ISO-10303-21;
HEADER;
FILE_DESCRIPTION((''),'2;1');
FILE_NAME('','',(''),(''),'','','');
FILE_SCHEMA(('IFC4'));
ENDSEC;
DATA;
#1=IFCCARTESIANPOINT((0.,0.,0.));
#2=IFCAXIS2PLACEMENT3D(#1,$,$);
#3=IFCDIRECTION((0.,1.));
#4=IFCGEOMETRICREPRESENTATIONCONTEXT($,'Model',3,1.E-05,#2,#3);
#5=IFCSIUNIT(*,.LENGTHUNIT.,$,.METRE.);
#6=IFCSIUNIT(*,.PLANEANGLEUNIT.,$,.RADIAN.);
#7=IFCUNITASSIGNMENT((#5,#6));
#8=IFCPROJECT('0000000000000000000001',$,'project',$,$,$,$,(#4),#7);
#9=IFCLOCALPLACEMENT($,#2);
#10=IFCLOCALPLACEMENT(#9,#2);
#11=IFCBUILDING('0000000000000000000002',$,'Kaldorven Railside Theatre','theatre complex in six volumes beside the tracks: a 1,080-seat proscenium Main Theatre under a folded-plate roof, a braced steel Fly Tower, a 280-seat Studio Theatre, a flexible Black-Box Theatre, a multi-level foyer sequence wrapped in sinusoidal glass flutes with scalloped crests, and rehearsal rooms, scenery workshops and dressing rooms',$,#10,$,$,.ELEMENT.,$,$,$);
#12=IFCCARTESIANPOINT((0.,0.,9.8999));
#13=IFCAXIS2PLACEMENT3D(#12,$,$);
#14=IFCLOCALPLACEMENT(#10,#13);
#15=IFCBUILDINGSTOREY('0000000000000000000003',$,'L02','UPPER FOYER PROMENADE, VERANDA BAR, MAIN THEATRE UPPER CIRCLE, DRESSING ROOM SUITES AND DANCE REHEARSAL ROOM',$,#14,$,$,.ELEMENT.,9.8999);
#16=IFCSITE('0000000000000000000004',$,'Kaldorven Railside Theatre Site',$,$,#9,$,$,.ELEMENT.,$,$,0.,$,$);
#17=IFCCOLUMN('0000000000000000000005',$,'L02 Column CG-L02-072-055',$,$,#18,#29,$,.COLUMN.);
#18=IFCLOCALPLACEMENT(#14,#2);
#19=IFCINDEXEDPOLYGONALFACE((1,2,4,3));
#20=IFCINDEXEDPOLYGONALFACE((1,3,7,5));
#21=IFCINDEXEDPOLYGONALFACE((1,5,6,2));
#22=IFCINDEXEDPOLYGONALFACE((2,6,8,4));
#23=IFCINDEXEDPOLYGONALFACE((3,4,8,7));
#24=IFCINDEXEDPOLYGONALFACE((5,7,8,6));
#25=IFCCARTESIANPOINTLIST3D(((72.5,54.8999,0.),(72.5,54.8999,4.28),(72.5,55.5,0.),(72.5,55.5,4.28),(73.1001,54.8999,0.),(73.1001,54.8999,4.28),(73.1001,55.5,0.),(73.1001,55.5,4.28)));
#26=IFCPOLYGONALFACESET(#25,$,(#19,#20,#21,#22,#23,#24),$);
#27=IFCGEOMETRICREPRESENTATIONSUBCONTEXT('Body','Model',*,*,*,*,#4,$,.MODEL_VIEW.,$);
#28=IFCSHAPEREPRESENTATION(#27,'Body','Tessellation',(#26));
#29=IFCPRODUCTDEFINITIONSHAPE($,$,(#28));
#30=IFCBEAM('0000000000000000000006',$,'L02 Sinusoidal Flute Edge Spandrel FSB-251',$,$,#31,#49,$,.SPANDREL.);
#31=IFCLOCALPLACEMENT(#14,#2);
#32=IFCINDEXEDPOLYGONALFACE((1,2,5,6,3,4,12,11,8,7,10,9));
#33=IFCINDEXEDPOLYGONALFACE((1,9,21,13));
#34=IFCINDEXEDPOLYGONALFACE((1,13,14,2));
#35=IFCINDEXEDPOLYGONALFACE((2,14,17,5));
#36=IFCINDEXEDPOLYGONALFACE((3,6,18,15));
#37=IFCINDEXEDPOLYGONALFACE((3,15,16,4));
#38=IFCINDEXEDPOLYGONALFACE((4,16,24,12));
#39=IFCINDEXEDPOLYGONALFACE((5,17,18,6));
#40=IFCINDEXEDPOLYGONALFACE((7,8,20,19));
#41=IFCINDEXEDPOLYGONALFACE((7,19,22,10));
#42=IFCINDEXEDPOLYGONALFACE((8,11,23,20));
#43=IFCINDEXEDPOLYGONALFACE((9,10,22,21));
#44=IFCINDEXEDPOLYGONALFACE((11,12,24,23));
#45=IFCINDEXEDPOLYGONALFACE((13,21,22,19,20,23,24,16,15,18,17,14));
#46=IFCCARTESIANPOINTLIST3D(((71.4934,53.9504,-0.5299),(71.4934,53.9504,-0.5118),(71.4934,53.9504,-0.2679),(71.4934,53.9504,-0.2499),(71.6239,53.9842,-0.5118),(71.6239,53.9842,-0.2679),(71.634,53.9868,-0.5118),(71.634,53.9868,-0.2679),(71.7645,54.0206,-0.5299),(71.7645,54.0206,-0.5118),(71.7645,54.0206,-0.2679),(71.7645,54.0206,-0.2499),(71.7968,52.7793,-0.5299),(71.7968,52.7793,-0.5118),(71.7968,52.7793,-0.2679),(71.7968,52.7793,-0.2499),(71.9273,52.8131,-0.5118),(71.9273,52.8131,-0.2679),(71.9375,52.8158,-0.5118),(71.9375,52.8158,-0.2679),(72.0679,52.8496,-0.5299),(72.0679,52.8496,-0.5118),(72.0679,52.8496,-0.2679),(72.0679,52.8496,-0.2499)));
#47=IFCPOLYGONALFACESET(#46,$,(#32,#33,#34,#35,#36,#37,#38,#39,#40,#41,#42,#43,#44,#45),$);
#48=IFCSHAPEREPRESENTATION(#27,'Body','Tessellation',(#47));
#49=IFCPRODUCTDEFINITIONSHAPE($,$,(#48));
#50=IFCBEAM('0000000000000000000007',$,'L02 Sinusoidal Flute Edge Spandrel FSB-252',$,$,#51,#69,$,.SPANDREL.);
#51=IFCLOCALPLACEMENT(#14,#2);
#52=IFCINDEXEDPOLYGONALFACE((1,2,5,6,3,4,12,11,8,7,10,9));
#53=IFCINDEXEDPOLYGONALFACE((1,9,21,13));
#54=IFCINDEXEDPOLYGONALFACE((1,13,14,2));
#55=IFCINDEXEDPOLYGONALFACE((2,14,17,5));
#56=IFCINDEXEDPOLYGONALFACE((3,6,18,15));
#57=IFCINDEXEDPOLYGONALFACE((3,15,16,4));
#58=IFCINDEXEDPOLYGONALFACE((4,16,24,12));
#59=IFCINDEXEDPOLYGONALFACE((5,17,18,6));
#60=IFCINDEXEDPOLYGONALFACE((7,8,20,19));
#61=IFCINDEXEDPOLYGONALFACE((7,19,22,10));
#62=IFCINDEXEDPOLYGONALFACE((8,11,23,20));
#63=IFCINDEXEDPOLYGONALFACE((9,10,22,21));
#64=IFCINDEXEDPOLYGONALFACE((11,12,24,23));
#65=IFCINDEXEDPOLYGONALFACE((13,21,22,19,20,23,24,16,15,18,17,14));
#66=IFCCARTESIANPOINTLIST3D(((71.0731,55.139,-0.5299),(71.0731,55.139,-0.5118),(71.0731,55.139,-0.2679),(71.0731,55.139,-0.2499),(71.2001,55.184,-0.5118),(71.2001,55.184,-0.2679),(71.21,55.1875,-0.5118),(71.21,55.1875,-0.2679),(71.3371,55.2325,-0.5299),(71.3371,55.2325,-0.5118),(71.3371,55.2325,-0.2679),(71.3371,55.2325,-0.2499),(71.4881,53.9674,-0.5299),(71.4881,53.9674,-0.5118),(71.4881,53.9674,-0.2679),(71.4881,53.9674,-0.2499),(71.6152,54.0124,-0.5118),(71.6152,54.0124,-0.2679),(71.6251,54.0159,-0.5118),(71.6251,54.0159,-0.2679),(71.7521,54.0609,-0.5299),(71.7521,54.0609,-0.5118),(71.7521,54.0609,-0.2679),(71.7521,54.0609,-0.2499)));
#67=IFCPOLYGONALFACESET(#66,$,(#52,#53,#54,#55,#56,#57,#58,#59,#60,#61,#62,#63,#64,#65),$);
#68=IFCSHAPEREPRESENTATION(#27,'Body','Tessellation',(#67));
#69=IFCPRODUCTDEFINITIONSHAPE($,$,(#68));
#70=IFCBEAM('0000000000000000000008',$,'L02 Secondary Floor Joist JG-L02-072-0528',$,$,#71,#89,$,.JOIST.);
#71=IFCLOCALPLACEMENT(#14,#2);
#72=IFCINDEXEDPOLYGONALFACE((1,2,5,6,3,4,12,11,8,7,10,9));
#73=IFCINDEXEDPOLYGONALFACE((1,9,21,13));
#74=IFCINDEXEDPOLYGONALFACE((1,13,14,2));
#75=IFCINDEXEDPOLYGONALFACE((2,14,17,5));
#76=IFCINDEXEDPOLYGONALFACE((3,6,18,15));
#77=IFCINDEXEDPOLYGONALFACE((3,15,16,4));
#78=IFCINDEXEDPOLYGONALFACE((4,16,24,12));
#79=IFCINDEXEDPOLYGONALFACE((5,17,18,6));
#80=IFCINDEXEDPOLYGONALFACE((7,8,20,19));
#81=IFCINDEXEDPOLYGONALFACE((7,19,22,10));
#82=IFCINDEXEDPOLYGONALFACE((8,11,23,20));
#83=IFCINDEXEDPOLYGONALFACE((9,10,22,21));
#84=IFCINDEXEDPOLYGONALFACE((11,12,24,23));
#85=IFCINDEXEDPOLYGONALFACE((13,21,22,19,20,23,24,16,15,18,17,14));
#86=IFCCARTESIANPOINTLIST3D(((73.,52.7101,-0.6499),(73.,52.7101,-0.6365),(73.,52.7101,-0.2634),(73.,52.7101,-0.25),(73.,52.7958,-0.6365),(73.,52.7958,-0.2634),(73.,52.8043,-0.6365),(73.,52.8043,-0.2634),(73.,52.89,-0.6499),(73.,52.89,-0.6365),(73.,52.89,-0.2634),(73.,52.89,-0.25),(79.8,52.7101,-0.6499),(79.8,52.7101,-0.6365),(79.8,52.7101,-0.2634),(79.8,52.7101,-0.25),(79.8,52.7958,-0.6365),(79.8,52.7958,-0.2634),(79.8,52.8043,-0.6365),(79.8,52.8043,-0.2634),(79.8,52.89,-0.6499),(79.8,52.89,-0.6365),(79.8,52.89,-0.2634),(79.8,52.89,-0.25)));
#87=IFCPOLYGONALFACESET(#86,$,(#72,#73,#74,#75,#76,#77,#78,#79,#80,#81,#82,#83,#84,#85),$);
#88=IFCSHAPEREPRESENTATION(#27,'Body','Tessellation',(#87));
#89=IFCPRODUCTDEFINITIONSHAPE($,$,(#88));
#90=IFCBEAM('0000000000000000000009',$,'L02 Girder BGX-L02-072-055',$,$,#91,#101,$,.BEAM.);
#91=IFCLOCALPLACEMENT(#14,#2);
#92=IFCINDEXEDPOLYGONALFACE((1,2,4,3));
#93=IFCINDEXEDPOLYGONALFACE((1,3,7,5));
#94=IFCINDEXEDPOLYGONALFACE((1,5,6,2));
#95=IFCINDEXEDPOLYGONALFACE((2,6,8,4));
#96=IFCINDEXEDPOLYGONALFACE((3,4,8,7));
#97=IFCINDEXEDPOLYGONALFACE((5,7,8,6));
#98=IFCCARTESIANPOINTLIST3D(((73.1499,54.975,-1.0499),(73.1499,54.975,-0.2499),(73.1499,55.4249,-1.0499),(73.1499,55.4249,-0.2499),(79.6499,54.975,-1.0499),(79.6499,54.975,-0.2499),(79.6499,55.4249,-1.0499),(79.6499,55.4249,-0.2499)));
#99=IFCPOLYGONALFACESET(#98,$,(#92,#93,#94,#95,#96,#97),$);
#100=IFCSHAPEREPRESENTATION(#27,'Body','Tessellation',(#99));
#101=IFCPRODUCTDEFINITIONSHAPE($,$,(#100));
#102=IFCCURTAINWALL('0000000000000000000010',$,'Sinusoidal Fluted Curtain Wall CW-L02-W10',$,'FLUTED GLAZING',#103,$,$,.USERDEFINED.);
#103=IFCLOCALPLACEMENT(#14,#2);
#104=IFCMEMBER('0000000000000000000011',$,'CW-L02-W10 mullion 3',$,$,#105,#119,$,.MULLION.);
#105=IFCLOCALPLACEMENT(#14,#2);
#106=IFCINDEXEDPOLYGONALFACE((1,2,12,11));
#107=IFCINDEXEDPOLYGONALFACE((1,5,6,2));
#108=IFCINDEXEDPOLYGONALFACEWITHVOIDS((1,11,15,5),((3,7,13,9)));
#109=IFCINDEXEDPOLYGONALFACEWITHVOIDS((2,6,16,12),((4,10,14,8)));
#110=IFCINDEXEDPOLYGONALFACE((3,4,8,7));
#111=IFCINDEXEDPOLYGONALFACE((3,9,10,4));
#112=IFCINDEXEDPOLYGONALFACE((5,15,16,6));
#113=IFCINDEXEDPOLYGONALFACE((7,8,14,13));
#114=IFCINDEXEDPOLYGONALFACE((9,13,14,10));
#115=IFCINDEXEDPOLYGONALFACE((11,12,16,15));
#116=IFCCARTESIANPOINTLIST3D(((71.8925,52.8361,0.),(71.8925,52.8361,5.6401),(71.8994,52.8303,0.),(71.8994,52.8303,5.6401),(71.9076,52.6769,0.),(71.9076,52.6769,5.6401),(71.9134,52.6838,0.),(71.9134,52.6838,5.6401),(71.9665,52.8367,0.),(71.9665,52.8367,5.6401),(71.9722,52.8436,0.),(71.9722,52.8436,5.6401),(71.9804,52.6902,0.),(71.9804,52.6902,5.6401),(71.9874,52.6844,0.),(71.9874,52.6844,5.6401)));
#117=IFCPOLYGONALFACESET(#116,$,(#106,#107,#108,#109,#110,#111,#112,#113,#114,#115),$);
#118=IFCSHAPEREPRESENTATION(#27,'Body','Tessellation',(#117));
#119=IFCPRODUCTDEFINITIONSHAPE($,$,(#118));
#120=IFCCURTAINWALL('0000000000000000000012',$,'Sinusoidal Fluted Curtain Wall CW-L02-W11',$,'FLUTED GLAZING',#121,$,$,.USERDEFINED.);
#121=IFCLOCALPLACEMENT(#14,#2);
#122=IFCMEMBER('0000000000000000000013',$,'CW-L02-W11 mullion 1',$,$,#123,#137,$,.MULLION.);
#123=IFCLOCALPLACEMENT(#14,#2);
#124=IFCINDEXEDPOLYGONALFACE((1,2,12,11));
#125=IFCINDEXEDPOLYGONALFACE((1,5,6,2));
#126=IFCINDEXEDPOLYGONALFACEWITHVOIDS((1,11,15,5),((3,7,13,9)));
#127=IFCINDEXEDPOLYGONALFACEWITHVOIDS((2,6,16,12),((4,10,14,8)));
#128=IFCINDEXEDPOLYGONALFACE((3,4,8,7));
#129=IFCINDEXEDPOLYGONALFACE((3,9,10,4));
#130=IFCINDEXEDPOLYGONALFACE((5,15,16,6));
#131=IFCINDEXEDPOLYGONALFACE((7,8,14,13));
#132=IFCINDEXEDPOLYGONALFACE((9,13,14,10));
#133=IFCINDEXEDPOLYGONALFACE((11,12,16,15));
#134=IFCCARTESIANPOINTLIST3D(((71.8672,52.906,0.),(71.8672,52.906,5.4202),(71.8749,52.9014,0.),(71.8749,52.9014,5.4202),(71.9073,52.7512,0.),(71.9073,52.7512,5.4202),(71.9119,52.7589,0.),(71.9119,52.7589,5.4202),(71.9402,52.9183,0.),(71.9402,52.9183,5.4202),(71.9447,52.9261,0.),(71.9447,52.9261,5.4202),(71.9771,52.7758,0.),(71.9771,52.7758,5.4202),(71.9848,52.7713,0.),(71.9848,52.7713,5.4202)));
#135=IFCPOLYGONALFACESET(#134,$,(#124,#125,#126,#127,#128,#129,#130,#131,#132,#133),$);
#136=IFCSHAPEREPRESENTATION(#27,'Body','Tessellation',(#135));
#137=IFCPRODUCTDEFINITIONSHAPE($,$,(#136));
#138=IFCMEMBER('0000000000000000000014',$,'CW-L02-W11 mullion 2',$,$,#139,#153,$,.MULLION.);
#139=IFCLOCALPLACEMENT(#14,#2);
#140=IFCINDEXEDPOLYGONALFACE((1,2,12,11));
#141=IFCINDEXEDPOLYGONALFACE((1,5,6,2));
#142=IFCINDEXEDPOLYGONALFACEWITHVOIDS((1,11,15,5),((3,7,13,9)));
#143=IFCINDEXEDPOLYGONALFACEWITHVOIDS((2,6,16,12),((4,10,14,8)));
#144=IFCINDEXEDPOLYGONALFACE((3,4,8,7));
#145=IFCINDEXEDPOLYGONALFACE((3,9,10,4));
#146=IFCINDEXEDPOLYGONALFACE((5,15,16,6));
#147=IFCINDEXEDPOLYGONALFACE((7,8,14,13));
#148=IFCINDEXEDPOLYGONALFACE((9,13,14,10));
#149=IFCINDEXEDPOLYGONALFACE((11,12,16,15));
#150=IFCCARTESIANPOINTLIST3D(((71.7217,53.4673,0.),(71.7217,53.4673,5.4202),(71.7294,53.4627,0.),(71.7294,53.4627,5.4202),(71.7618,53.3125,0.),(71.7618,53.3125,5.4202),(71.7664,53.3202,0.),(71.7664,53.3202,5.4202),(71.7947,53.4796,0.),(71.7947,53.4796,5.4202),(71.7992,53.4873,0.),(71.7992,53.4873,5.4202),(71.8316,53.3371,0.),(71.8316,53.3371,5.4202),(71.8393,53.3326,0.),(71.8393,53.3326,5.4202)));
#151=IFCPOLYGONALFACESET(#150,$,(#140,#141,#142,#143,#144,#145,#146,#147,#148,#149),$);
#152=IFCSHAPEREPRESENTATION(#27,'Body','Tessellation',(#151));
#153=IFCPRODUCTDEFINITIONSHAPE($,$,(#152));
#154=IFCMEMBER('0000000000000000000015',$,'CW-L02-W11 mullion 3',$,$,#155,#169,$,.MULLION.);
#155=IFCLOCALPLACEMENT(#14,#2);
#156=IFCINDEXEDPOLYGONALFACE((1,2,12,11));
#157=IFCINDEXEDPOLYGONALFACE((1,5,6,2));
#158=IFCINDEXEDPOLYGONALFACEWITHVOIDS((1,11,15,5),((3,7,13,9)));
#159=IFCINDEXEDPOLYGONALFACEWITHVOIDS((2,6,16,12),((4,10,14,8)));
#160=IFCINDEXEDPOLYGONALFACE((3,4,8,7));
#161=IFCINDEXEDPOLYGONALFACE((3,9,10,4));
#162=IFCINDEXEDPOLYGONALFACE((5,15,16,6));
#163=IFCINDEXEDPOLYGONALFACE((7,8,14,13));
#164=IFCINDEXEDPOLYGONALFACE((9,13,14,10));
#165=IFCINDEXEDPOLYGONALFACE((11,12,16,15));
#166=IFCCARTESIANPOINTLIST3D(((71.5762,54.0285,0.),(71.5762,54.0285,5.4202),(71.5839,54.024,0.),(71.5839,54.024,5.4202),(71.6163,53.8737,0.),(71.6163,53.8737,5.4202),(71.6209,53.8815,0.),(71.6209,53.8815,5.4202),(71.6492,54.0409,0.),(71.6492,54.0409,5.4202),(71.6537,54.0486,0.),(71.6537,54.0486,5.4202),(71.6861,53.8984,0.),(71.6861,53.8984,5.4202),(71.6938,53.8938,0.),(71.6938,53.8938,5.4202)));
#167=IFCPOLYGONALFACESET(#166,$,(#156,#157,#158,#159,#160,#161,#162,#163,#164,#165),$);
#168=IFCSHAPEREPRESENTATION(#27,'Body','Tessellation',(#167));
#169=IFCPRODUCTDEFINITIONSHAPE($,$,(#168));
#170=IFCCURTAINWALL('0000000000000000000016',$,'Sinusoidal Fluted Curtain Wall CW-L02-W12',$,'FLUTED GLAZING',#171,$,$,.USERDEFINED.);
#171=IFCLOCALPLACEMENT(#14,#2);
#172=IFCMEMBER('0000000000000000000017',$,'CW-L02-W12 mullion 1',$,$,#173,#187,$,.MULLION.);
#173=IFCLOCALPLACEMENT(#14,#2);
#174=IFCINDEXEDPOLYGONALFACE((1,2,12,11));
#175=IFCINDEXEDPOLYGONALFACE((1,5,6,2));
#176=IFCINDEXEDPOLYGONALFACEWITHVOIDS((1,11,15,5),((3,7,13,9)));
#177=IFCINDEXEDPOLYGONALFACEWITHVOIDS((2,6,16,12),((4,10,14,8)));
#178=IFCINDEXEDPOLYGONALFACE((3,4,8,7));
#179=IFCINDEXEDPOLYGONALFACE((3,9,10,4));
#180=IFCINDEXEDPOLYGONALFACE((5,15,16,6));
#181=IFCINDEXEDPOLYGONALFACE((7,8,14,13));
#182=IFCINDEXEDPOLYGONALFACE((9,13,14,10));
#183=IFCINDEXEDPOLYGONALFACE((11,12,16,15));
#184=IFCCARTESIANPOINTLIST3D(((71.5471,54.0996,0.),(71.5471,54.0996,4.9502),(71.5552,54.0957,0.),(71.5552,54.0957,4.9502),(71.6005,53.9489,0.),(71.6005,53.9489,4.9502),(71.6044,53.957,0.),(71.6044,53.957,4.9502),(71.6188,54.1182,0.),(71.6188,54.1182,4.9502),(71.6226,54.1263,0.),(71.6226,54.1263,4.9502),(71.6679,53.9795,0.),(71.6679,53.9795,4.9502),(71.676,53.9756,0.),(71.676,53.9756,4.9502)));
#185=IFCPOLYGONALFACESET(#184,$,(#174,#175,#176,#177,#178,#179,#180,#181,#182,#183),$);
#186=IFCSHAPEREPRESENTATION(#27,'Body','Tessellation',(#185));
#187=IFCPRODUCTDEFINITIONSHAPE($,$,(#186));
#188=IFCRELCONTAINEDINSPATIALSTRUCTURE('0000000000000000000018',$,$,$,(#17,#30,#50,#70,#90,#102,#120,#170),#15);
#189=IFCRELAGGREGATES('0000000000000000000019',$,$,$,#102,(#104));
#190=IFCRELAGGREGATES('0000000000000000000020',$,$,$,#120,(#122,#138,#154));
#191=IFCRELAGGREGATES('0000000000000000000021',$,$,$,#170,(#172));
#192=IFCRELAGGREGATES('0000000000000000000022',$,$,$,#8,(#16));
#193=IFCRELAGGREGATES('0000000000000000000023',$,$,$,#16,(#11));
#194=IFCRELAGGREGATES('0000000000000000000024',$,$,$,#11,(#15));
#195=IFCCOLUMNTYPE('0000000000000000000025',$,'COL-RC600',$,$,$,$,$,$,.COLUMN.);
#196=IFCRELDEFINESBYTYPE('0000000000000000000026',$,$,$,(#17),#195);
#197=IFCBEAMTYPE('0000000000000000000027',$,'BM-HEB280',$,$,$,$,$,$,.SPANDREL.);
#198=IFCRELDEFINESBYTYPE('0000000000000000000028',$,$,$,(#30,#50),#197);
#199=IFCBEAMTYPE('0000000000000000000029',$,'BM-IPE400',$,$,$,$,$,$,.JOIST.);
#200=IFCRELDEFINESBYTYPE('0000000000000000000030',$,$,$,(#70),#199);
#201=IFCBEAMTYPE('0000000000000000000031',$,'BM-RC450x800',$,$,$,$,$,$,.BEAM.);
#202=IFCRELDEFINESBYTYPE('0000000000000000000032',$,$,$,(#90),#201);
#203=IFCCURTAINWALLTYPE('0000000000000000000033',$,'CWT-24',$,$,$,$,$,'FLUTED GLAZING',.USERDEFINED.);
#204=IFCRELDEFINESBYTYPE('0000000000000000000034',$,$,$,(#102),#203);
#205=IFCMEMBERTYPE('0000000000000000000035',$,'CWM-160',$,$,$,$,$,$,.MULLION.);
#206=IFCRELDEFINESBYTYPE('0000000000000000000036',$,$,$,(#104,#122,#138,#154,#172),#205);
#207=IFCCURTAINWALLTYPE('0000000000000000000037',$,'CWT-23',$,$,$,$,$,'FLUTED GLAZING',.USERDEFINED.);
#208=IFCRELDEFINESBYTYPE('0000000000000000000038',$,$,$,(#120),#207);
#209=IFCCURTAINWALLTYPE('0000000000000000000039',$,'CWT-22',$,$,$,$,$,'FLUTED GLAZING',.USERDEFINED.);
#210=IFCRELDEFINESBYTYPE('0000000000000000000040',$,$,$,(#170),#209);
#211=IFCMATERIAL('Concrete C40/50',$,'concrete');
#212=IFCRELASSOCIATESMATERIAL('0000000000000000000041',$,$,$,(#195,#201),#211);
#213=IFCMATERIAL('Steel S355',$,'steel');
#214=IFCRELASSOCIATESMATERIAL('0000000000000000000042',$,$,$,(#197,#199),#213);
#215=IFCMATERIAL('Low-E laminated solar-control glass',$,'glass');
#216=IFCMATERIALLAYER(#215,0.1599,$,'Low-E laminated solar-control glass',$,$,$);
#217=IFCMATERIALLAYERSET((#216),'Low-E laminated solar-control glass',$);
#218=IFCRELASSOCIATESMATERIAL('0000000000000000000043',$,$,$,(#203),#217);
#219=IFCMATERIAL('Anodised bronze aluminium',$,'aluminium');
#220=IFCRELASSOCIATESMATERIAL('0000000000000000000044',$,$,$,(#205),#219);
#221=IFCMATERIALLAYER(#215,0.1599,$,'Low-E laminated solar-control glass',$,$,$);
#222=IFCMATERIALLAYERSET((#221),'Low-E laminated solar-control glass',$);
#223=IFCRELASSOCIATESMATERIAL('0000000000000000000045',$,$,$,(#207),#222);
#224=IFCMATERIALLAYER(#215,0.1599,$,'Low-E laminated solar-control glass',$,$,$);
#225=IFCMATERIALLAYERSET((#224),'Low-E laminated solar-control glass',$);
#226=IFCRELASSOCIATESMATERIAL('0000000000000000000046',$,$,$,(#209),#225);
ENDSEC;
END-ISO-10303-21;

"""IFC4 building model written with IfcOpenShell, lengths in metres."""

from ifc_helpers import new_model, si_unit, direction, frame, origin, origin_2d, place, context, subcontext, project, spatial, rectangle, hollow_rectangle, i_section, extrude, material, layer, layer_set, material_profile, profile_set, type_object, element, aggregate, save


model = new_model("IFC4")

# Units and contexts
model_context = context("Model", 3, precision=1e-05, world=origin(), true_north=direction((0.0, 1.0)))
body_context = subcontext(model_context, "Body", "Model", "MODEL_VIEW")
ifc_project = project(units=[si_unit("LENGTHUNIT", "METRE"), si_unit("PLANEANGLEUNIT", "RADIAN")], contexts=[model_context])

# Site, building, storey
site_placement = place(None, origin())
site = spatial("IfcSite", under=ifc_project, at=site_placement, Name="Kaldorven Railside Theatre Site", CompositionType="ELEMENT", RefElevation=0.0)
building_placement = place(site_placement, origin())
building = spatial("IfcBuilding", under=site, at=building_placement, Name="Kaldorven Railside Theatre", Description="theatre complex in six volumes beside the tracks: a 1,080-seat proscenium Main Theatre under a folded-plate roof, a braced steel Fly Tower, a 280-seat Studio Theatre, a flexible Black-Box Theatre, a multi-level foyer sequence wrapped in sinusoidal glass flutes with scalloped crests, and rehearsal rooms, scenery workshops and dressing rooms", CompositionType="ELEMENT")
storey_placement = place(building_placement, frame((0.0, 0.0, 9.8999)))
storey = spatial("IfcBuildingStorey", under=building, at=storey_placement, Name="L02", Description="UPPER FOYER PROMENADE, VERANDA BAR, MAIN THEATRE UPPER CIRCLE, DRESSING ROOM SUITES AND DANCE REHEARSAL ROOM", CompositionType="ELEMENT", Elevation=9.8999)

# Column
ifc_material_1 = material(Name="Concrete C40/50", Category="concrete")
ifc_material_profile_1 = material_profile(ifc_material_1, rectangle(XDim=0.6001, YDim=0.6001, at=origin_2d()), Name="RC 600x600")
ifc_profile_set_1 = profile_set([ifc_material_profile_1], Name="Concrete C40/50")
column_type = type_object("IfcColumnType", Name="COL-RC600", PredefinedType="COLUMN", material=ifc_profile_set_1)
column_placement = place(storey_placement, frame((72.8, 55.2, 0.0), z_axis=(0.0, 0.0, 1.0), x_axis=(1.0, 0.0, 0.0)))
element("IfcColumn", 1, at=column_placement, inside=storey, type_object=column_type, Name="L02 Column CG-L02-072-055", PredefinedType="COLUMN", context=body_context, shape_type="SweptSolid", body=[
    extrude(rectangle(XDim=0.6001, YDim=0.6001, at=origin_2d()), origin(), (0.0, 0.0, 1.0), 4.28),
])

# Beams
ifc_material_2 = material(Name="Steel S355", Category="steel")
ifc_material_profile_2 = material_profile(ifc_material_2, i_section(OverallWidth=0.28, OverallDepth=0.28, WebThickness=0.0105, FlangeThickness=0.0181, at=origin_2d()), Name="HEB 280")
ifc_profile_set_2 = profile_set([ifc_material_profile_2], Name="Steel S355")
beam_type_1 = type_object("IfcBeamType", Name="BM-HEB280", PredefinedType="SPANDREL", material=ifc_profile_set_2)
beam_1_placement = place(storey_placement, frame((71.9324, 52.8145, -0.3899), z_axis=(-0.250836, 0.96803, 0.0), x_axis=(-0.96803, -0.250836, 0.0)))
element("IfcBeam", 2, at=beam_1_placement, inside=storey, type_object=beam_type_1, Name="L02 Sinusoidal Flute Edge Spandrel FSB-251", PredefinedType="SPANDREL", context=body_context, shape_type="SweptSolid", body=[
    extrude(i_section(OverallWidth=0.28, OverallDepth=0.28, WebThickness=0.0105, FlangeThickness=0.0181, at=origin_2d()), origin(), (0.0, 0.0, 1.0), 1.2097),
])
beam_2_placement = place(storey_placement, frame((71.6201, 54.0142, -0.3899), z_axis=(-0.333909, 0.942605, 0.0), x_axis=(-0.942605, -0.333909, 0.0)))
element("IfcBeam", 3, at=beam_2_placement, inside=storey, type_object=beam_type_1, Name="L02 Sinusoidal Flute Edge Spandrel FSB-252", PredefinedType="SPANDREL", context=body_context, shape_type="SweptSolid", body=[
    extrude(i_section(OverallWidth=0.28, OverallDepth=0.28, WebThickness=0.0105, FlangeThickness=0.0181, at=origin_2d()), origin(), (0.0, 0.0, 1.0), 1.2429),
])
ifc_material_profile_3 = material_profile(ifc_material_2, i_section(OverallWidth=0.1799, OverallDepth=0.3999, WebThickness=0.0085, FlangeThickness=0.0134, at=origin_2d()), Name="IPE 400")
ifc_profile_set_3 = profile_set([ifc_material_profile_3], Name="Steel S355")
beam_type_2 = type_object("IfcBeamType", Name="BM-IPE400", PredefinedType="JOIST", material=ifc_profile_set_3)
beam_3_placement = place(storey_placement, frame((73.0, 52.8, -0.45), z_axis=(1.0, 0.0, 0.0), x_axis=(0.0, 1.0, 0.0)))
element("IfcBeam", 4, at=beam_3_placement, inside=storey, type_object=beam_type_2, Name="L02 Secondary Floor Joist JG-L02-072-0528", PredefinedType="JOIST", context=body_context, shape_type="SweptSolid", body=[
    extrude(i_section(OverallWidth=0.1799, OverallDepth=0.3999, WebThickness=0.0085, FlangeThickness=0.0134, at=origin_2d()), origin(), (0.0, 0.0, 1.0), 6.8),
])
ifc_material_profile_4 = material_profile(ifc_material_1, rectangle(XDim=0.45, YDim=0.8, at=origin_2d()), Name="RC 450x800")
ifc_profile_set_4 = profile_set([ifc_material_profile_4], Name="Concrete C40/50")
beam_type_3 = type_object("IfcBeamType", Name="BM-RC450x800", PredefinedType="BEAM", material=ifc_profile_set_4)
beam_4_placement = place(storey_placement, frame((73.1499, 55.2, -0.6499), z_axis=(1.0, 0.0, 0.0), x_axis=(0.0, 1.0, 0.0)))
element("IfcBeam", 5, at=beam_4_placement, inside=storey, type_object=beam_type_3, Name="L02 Girder BGX-L02-072-055", PredefinedType="BEAM", context=body_context, shape_type="SweptSolid", body=[
    extrude(rectangle(XDim=0.45, YDim=0.8, at=origin_2d()), origin(), (0.0, 0.0, 1.0), 6.5),
])

# Curtain wall, member
ifc_material_3 = material(Name="Low-E laminated solar-control glass", Category="glass")
ifc_layer_1 = layer(ifc_material_3, 0.1599, Name="Low-E laminated solar-control glass")
ifc_layer_set_1 = layer_set([ifc_layer_1], Name="Low-E laminated solar-control glass")
curtain_wall_type_1 = type_object("IfcCurtainWallType", Name="CWT-24", ElementType="FLUTED GLAZING", PredefinedType="USERDEFINED", material=ifc_layer_set_1)
curtain_wall_1_placement = place(storey_placement, origin())
curtain_wall_1 = element("IfcCurtainWall", 6, at=curtain_wall_1_placement, inside=storey, type_object=curtain_wall_type_1, Name="Sinusoidal Fluted Curtain Wall CW-L02-W10", ObjectType="FLUTED GLAZING", PredefinedType="USERDEFINED")
ifc_material_4 = material(Name="Anodised bronze aluminium", Category="aluminium")
ifc_material_profile_5 = material_profile(ifc_material_4, hollow_rectangle(XDim=0.0801, YDim=0.1599, WallThickness=0.0063, at=origin_2d()), Name="RHS 160x80x6.3")
ifc_profile_set_5 = profile_set([ifc_material_profile_5], Name="Anodised bronze aluminium")
member_type_1 = type_object("IfcMemberType", Name="CWM-160", PredefinedType="MULLION", material=ifc_profile_set_5)
member_1_placement = place(storey_placement, frame((71.9399, 52.7603, 0.0), z_axis=(0.0, 0.0, 1.0), x_axis=(-0.995526, -0.094492, 0.0)))
member_1 = element("IfcMember", 7, at=member_1_placement, type_object=member_type_1, Name="CW-L02-W10 mullion 3", PredefinedType="MULLION", context=body_context, shape_type="SweptSolid", body=[
    extrude(hollow_rectangle(XDim=0.0801, YDim=0.1599, WallThickness=0.0063, at=origin_2d()), origin(), (0.0, 0.0, 1.0), 5.6401),
])

# Curtain walls, members
ifc_layer_2 = layer(ifc_material_3, 0.1599, Name="Low-E laminated solar-control glass")
ifc_layer_set_2 = layer_set([ifc_layer_2], Name="Low-E laminated solar-control glass")
curtain_wall_type_2 = type_object("IfcCurtainWallType", Name="CWT-23", ElementType="FLUTED GLAZING", PredefinedType="USERDEFINED", material=ifc_layer_set_2)
curtain_wall_2_placement = place(storey_placement, origin())
curtain_wall_2 = element("IfcCurtainWall", 8, at=curtain_wall_2_placement, inside=storey, type_object=curtain_wall_type_2, Name="Sinusoidal Fluted Curtain Wall CW-L02-W11", ObjectType="FLUTED GLAZING", PredefinedType="USERDEFINED")
member_2_placement = place(storey_placement, frame((71.926, 52.8386, 0.0), z_axis=(0.0, 0.0, 1.0), x_axis=(-0.967999, -0.250954, 0.0)))
member_2 = element("IfcMember", 9, at=member_2_placement, type_object=member_type_1, Name="CW-L02-W11 mullion 1", PredefinedType="MULLION", context=body_context, shape_type="SweptSolid", body=[
    extrude(hollow_rectangle(XDim=0.0801, YDim=0.1599, WallThickness=0.0063, at=origin_2d()), origin(), (0.0, 0.0, 1.0), 5.4202),
])
member_3_placement = place(storey_placement, frame((71.7805, 53.3999, 0.0), z_axis=(0.0, 0.0, 1.0), x_axis=(-0.967999, -0.250954, 0.0)))
member_3 = element("IfcMember", 10, at=member_3_placement, type_object=member_type_1, Name="CW-L02-W11 mullion 2", PredefinedType="MULLION", context=body_context, shape_type="SweptSolid", body=[
    extrude(hollow_rectangle(XDim=0.0801, YDim=0.1599, WallThickness=0.0063, at=origin_2d()), origin(), (0.0, 0.0, 1.0), 5.4202),
])
member_4_placement = place(storey_placement, frame((71.635, 53.9612, 0.0), z_axis=(0.0, 0.0, 1.0), x_axis=(-0.967999, -0.250954, 0.0)))
member_4 = element("IfcMember", 11, at=member_4_placement, type_object=member_type_1, Name="CW-L02-W11 mullion 3", PredefinedType="MULLION", context=body_context, shape_type="SweptSolid", body=[
    extrude(hollow_rectangle(XDim=0.0801, YDim=0.1599, WallThickness=0.0063, at=origin_2d()), origin(), (0.0, 0.0, 1.0), 5.4202),
])
ifc_layer_3 = layer(ifc_material_3, 0.1599, Name="Low-E laminated solar-control glass")
ifc_layer_set_3 = layer_set([ifc_layer_3], Name="Low-E laminated solar-control glass")
curtain_wall_type_3 = type_object("IfcCurtainWallType", Name="CWT-22", ElementType="FLUTED GLAZING", PredefinedType="USERDEFINED", material=ifc_layer_set_3)
curtain_wall_3_placement = place(storey_placement, origin())
curtain_wall_3 = element("IfcCurtainWall", 12, at=curtain_wall_3_placement, inside=storey, type_object=curtain_wall_type_3, Name="Sinusoidal Fluted Curtain Wall CW-L02-W12", ObjectType="FLUTED GLAZING", PredefinedType="USERDEFINED")
member_5_placement = place(storey_placement, frame((71.6116, 54.0376, 0.0), z_axis=(0.0, 0.0, 1.0), x_axis=(-0.942627, -0.333847, 0.0)))
member_5 = element("IfcMember", 13, at=member_5_placement, type_object=member_type_1, Name="CW-L02-W12 mullion 1", PredefinedType="MULLION", context=body_context, shape_type="SweptSolid", body=[
    extrude(hollow_rectangle(XDim=0.0801, YDim=0.1599, WallThickness=0.0063, at=origin_2d()), origin(), (0.0, 0.0, 1.0), 4.9502),
])

aggregate(curtain_wall_1, [member_1])
aggregate(curtain_wall_2, [member_2, member_3, member_4])
aggregate(curtain_wall_3, [member_5])

save(model, "model.ifc")
